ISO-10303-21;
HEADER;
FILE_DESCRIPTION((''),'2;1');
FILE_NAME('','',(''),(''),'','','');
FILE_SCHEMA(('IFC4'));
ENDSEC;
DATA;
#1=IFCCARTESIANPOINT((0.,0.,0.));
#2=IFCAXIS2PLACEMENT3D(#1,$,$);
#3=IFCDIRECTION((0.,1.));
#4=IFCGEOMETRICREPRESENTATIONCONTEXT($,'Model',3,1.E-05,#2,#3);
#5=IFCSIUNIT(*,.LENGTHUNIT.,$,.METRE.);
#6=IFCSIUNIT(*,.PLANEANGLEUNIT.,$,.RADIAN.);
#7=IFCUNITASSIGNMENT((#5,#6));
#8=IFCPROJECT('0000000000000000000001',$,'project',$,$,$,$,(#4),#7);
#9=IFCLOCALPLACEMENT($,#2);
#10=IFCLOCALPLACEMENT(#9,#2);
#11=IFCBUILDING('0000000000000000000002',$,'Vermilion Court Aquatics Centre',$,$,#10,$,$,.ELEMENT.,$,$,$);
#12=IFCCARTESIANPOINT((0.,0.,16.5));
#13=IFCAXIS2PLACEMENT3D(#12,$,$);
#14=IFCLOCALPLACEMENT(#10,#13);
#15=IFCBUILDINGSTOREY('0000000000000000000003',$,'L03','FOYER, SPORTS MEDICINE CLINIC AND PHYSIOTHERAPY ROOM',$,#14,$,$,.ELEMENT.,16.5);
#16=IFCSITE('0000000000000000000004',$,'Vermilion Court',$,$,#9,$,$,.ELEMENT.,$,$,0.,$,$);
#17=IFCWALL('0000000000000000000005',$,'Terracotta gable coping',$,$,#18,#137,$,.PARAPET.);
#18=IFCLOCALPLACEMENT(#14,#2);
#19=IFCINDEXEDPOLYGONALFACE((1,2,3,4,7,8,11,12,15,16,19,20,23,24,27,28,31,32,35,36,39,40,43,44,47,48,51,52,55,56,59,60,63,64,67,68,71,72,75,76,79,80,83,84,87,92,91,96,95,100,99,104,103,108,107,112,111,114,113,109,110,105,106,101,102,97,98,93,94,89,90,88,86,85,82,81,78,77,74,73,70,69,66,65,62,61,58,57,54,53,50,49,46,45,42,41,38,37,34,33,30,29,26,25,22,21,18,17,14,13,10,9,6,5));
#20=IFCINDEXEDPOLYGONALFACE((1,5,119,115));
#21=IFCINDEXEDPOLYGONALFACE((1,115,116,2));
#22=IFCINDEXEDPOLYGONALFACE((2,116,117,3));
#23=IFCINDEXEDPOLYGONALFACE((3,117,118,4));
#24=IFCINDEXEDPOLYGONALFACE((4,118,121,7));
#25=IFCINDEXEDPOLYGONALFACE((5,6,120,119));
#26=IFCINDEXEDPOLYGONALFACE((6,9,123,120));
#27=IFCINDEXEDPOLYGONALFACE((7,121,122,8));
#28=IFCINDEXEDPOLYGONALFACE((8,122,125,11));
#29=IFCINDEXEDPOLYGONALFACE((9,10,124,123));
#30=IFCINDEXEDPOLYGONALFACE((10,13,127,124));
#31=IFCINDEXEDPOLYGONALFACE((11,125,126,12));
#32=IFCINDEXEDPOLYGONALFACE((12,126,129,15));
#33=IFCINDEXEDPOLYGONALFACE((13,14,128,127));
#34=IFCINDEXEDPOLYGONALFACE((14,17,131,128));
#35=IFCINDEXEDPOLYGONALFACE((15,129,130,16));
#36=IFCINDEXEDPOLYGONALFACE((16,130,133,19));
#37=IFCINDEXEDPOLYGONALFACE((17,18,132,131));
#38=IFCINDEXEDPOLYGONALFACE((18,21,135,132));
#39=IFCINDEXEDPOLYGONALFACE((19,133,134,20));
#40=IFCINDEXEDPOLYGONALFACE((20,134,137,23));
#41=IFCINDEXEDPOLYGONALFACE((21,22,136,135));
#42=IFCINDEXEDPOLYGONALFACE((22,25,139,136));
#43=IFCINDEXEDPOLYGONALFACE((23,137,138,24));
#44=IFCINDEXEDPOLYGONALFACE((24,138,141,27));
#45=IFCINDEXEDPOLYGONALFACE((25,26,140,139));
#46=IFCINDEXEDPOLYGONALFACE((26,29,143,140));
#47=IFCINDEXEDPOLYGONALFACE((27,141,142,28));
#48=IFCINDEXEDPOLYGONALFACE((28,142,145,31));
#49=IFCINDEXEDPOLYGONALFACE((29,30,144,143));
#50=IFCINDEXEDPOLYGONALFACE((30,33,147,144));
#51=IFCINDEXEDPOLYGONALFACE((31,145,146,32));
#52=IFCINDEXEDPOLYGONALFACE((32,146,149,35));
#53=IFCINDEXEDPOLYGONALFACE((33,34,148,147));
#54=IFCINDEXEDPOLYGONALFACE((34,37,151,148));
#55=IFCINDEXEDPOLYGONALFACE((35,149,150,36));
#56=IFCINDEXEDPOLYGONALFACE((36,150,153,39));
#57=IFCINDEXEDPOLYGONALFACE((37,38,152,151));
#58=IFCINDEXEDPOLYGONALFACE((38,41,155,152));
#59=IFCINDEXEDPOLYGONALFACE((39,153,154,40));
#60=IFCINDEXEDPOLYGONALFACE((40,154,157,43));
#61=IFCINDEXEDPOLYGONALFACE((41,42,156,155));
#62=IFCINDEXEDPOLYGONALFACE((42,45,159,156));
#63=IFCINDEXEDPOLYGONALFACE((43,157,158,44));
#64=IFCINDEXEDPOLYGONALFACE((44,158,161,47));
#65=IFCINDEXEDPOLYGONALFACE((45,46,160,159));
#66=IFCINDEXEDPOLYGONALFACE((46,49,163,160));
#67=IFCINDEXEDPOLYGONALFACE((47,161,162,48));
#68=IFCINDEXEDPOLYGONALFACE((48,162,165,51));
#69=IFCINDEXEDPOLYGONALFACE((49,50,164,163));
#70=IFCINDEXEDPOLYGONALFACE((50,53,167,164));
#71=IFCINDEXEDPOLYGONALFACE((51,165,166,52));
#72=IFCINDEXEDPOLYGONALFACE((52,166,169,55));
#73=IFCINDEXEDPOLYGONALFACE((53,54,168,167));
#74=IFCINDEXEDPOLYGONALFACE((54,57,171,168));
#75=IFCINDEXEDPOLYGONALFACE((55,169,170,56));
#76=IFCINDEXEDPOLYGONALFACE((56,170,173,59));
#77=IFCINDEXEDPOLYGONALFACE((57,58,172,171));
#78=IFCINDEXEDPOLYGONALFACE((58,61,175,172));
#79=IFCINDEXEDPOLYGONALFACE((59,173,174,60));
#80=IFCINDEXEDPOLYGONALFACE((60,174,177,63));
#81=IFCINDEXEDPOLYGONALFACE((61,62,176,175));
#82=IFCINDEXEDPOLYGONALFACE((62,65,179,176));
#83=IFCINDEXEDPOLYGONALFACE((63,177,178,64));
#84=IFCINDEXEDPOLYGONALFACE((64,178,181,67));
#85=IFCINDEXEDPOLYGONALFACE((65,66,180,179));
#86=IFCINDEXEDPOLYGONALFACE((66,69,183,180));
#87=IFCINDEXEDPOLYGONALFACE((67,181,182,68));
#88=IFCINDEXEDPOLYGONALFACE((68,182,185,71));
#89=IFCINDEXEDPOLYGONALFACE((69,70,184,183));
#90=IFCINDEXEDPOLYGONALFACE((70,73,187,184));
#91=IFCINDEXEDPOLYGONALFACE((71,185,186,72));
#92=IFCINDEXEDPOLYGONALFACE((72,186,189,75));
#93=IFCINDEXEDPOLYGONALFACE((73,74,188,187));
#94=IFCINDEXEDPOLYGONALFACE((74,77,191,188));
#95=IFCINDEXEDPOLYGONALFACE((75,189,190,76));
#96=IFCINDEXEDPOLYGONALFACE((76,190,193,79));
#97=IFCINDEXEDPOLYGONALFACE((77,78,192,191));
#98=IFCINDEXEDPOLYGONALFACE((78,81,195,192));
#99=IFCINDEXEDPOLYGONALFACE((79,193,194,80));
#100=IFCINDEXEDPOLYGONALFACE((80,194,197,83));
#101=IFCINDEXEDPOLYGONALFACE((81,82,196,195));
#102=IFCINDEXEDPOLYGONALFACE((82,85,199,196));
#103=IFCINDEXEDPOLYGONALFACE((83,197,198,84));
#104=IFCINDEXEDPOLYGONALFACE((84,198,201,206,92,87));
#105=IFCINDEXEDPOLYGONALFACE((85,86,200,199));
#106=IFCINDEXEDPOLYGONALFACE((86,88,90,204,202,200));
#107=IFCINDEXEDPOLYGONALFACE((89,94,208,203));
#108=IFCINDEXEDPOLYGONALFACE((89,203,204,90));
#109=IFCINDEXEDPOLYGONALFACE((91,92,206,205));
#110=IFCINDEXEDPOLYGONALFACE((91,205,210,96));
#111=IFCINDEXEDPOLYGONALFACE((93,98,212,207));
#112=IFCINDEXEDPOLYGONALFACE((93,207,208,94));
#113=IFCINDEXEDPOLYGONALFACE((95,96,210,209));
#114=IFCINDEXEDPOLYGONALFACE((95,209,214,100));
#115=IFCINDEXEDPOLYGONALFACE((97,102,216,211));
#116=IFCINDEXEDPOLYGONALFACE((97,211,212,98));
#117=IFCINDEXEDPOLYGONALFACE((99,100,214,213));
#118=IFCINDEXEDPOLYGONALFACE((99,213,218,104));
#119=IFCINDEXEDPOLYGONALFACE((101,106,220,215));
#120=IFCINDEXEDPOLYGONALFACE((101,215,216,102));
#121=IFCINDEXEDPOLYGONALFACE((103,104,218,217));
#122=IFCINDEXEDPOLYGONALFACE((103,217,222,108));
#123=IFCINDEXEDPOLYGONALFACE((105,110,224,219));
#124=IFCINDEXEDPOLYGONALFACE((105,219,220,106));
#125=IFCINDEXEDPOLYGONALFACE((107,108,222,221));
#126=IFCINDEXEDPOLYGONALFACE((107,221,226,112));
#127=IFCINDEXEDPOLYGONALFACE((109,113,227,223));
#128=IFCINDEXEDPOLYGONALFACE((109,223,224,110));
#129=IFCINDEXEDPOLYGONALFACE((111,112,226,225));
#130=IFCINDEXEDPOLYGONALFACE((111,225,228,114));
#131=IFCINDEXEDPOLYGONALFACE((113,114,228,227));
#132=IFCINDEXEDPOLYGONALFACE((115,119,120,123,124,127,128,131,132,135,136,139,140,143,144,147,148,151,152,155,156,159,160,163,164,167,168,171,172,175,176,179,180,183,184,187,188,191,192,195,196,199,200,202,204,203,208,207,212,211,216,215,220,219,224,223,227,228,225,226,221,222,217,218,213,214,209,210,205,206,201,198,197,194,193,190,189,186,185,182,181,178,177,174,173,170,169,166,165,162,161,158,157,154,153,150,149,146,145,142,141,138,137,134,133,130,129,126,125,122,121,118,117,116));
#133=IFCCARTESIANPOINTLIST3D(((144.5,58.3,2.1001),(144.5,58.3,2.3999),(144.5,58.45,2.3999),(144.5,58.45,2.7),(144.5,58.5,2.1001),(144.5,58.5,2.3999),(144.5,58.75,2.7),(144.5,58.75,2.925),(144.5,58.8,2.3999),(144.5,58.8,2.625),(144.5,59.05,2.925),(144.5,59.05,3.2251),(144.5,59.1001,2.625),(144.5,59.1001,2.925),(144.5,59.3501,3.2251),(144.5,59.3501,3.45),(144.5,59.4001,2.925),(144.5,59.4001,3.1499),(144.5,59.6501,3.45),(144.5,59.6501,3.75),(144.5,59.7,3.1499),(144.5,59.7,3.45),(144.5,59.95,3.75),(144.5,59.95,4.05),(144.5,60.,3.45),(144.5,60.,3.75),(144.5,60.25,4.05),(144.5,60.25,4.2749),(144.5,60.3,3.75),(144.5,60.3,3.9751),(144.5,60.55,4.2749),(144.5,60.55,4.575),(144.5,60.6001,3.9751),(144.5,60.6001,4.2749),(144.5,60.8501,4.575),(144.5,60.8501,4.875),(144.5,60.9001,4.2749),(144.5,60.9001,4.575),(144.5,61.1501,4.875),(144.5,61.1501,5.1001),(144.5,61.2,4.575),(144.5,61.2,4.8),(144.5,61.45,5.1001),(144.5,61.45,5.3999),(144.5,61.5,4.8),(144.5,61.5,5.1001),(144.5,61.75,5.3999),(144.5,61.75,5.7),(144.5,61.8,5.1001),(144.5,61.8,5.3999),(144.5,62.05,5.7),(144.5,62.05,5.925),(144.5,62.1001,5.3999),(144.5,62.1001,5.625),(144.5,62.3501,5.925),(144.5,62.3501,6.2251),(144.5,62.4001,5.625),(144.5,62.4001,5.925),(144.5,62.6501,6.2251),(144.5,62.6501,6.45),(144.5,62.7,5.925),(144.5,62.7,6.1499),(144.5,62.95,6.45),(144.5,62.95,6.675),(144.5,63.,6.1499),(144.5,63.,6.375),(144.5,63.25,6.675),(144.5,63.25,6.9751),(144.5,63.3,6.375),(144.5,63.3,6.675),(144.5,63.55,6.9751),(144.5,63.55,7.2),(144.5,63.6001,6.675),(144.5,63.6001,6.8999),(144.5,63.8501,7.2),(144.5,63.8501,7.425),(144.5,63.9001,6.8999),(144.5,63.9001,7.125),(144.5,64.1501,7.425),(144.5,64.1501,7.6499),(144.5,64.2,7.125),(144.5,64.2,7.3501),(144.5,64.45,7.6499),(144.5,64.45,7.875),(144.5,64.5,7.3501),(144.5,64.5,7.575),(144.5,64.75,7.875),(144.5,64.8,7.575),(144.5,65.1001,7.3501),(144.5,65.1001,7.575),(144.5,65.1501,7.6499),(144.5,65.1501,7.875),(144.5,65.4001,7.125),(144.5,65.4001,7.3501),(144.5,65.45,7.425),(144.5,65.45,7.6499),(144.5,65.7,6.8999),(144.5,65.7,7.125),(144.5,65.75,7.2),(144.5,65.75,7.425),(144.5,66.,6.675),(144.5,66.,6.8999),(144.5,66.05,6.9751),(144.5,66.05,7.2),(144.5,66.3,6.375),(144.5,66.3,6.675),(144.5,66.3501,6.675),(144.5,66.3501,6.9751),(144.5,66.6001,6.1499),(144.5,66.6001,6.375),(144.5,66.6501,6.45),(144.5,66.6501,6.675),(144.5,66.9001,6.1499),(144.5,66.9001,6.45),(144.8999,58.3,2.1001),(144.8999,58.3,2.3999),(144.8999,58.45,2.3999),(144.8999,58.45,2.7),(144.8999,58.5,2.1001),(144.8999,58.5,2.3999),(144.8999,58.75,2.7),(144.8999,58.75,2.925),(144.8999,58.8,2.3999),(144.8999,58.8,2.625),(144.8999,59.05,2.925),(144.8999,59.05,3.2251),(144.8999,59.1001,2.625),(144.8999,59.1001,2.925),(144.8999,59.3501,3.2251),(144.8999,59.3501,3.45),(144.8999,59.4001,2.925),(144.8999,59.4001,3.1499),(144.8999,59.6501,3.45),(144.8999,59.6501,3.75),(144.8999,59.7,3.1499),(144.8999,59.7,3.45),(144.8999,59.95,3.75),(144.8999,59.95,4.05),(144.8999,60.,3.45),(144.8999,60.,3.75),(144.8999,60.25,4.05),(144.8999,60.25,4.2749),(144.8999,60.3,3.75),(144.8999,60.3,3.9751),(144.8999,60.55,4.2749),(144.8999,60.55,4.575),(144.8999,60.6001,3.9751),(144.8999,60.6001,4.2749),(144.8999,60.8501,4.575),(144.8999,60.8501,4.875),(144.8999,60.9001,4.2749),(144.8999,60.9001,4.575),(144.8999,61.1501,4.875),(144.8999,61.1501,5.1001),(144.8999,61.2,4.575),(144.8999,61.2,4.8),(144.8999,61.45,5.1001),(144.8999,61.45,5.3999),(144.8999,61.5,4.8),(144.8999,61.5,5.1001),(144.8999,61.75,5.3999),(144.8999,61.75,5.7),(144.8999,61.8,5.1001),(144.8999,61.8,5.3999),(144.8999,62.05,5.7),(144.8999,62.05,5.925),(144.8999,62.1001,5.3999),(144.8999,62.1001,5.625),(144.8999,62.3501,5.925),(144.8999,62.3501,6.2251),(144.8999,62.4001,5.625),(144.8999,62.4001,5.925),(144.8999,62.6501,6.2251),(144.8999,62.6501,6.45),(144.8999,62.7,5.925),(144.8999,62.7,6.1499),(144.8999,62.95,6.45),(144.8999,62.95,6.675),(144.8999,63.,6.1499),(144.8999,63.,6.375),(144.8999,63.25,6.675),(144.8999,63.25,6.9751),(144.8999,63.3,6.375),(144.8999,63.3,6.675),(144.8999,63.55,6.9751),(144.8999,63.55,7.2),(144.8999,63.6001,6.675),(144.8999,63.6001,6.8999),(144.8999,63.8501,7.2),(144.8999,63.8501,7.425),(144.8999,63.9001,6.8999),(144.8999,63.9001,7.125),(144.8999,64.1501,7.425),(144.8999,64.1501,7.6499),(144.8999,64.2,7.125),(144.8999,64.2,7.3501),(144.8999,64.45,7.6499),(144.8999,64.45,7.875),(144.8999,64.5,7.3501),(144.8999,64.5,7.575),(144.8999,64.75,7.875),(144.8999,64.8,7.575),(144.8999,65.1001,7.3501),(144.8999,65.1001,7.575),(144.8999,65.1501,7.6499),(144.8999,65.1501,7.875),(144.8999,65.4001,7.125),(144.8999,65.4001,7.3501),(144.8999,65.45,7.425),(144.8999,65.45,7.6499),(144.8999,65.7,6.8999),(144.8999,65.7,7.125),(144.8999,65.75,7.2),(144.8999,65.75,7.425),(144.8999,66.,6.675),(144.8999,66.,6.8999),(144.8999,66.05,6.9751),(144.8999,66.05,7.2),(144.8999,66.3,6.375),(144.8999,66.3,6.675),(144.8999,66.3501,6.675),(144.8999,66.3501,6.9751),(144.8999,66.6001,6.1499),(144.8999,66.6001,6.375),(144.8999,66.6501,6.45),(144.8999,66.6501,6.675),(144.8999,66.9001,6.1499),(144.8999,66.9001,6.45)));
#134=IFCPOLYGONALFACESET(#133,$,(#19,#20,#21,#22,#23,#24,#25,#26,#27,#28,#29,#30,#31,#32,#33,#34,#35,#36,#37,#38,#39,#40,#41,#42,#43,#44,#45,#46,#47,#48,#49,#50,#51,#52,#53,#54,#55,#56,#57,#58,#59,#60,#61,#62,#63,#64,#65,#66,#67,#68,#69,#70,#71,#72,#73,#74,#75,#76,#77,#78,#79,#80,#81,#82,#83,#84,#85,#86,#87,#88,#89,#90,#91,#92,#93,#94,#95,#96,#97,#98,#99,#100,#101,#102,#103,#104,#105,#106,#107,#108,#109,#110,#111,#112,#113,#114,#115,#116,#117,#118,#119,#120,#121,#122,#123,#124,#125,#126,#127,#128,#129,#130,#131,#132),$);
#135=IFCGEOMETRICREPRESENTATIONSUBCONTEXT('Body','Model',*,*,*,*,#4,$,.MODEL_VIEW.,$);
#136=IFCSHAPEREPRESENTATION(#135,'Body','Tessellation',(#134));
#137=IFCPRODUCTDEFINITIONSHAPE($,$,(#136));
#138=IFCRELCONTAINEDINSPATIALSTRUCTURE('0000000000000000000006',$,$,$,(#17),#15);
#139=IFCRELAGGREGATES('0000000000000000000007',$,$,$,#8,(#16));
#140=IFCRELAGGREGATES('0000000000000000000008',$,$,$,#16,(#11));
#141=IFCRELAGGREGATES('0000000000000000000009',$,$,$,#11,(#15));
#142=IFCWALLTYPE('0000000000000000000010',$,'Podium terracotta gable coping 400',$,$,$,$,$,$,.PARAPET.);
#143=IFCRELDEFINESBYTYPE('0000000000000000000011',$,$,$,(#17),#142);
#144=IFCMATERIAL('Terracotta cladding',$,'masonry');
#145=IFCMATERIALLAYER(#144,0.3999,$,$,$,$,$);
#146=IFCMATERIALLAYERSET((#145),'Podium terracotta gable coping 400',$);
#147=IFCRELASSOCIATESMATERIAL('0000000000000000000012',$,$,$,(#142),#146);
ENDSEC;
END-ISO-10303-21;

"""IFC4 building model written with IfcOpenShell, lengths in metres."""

from ifc_helpers import new_model, si_unit, direction, frame, origin, place, context, subcontext, project, spatial, polyline, outline, extrude, material, layer, layer_set, type_object, element, save


model = new_model("IFC4")

# Units and contexts
model_context = context("Model", 3, precision=1e-05, world=origin(), true_north=direction((0.0, 1.0)))
body_context = subcontext(model_context, "Body", "Model", "MODEL_VIEW")
ifc_project = project(units=[si_unit("LENGTHUNIT", "METRE"), si_unit("PLANEANGLEUNIT", "RADIAN")], contexts=[model_context])

# Site, building, storey
site_placement = place(None, origin())
site = spatial("IfcSite", under=ifc_project, at=site_placement, Name="Vermilion Court", CompositionType="ELEMENT", RefElevation=0.0)
building_placement = place(site_placement, origin())
building = spatial("IfcBuilding", under=site, at=building_placement, Name="Vermilion Court Aquatics Centre", CompositionType="ELEMENT")
storey_placement = place(building_placement, frame((0.0, 0.0, 16.5)))
storey = spatial("IfcBuildingStorey", under=building, at=storey_placement, Name="L03", Description="FOYER, SPORTS MEDICINE CLINIC AND PHYSIOTHERAPY ROOM", CompositionType="ELEMENT", Elevation=16.5)

# Wall
ifc_material_1 = material(Name="Terracotta cladding", Category="masonry")
ifc_layer_1 = layer(ifc_material_1, 0.3999)
ifc_layer_set_1 = layer_set([ifc_layer_1], Name="Podium terracotta gable coping 400")
wall_type_1 = type_object("IfcWallType", Name="Podium terracotta gable coping 400", PredefinedType="PARAPET", material=ifc_layer_set_1)
wall_1_placement = place(storey_placement, frame((144.7, 58.3, 0.0), z_axis=(0.0, 0.0, 1.0), x_axis=(0.0, 1.0, 0.0)))
element("IfcWall", 1, at=wall_1_placement, inside=storey, type_object=wall_type_1, Name="Terracotta gable coping", PredefinedType="PARAPET", context=body_context, shape_type="SweptSolid", body=[
    extrude(outline(polyline([(0.0, 2.1001), (0.2, 2.1001), (0.2, 2.3999), (0.5, 2.3999), (0.5, 2.625), (0.8, 2.625), (0.8, 2.925), (1.1001, 2.925), (1.1001, 3.1499), (1.3999, 3.1499), (1.3999, 3.45), (1.7, 3.45), (1.7, 3.75), (2.0, 3.75), (2.0, 3.9751), (2.3, 3.9751), (2.3, 4.2749), (2.6001, 4.2749), (2.6001, 4.575), (2.8999, 4.575), (2.8999, 4.8), (3.2, 4.8), (3.2, 5.1001), (3.5, 5.1001), (3.5, 5.3999), (3.8, 5.3999), (3.8, 5.625), (4.1001, 5.625), (4.1001, 5.925), (4.3999, 5.925), (4.3999, 6.1499), (4.7, 6.1499), (4.7, 6.375), (5.0, 6.375), (5.0, 6.675), (5.3, 6.675), (5.3, 6.8999), (5.6001, 6.8999), (5.6001, 7.125), (5.8999, 7.125), (5.8999, 7.3501), (6.2, 7.3501), (6.2, 7.575), (6.5, 7.575), (6.5, 7.575), (6.8, 7.575), (6.8, 7.3501), (7.1001, 7.3501), (7.1001, 7.125), (7.3999, 7.125), (7.3999, 6.8999), (7.7, 6.8999), (7.7, 6.675), (8.0, 6.675), (8.0, 6.375), (8.3, 6.375), (8.3, 6.1499), (8.6001, 6.1499), (8.6001, 6.45), (8.3501, 6.45), (8.3501, 6.675), (8.05, 6.675), (8.05, 6.9751), (7.75, 6.9751), (7.75, 7.2), (7.45, 7.2), (7.45, 7.425), (7.1499, 7.425), (7.1499, 7.6499), (6.8501, 7.6499), (6.8501, 7.875), (6.45, 7.875), (6.45, 7.875), (6.1499, 7.875), (6.1499, 7.6499), (5.8501, 7.6499), (5.8501, 7.425), (5.55, 7.425), (5.55, 7.2), (5.25, 7.2), (5.25, 6.9751), (4.95, 6.9751), (4.95, 6.675), (4.6499, 6.675), (4.6499, 6.45), (4.3501, 6.45), (4.3501, 6.2251), (4.05, 6.2251), (4.05, 5.925), (3.75, 5.925), (3.75, 5.7), (3.45, 5.7), (3.45, 5.3999), (3.1499, 5.3999), (3.1499, 5.1001), (2.8501, 5.1001), (2.8501, 4.875), (2.55, 4.875), (2.55, 4.575), (2.25, 4.575), (2.25, 4.2749), (1.95, 4.2749), (1.95, 4.05), (1.6499, 4.05), (1.6499, 3.75), (1.3501, 3.75), (1.3501, 3.45), (1.05, 3.45), (1.05, 3.2251), (0.75, 3.2251), (0.75, 2.925), (0.45, 2.925), (0.45, 2.7), (0.1499, 2.7), (0.1499, 2.3999), (0.0, 2.3999), (0.0, 2.1001)])), frame((0.0, 0.2, 0.0), z_axis=(0.0, -1.0, 0.0), x_axis=(1.0, 0.0, 0.0)), (0.0, 0.0, 1.0), 0.3999),
])

save(model, "model.ifc")
